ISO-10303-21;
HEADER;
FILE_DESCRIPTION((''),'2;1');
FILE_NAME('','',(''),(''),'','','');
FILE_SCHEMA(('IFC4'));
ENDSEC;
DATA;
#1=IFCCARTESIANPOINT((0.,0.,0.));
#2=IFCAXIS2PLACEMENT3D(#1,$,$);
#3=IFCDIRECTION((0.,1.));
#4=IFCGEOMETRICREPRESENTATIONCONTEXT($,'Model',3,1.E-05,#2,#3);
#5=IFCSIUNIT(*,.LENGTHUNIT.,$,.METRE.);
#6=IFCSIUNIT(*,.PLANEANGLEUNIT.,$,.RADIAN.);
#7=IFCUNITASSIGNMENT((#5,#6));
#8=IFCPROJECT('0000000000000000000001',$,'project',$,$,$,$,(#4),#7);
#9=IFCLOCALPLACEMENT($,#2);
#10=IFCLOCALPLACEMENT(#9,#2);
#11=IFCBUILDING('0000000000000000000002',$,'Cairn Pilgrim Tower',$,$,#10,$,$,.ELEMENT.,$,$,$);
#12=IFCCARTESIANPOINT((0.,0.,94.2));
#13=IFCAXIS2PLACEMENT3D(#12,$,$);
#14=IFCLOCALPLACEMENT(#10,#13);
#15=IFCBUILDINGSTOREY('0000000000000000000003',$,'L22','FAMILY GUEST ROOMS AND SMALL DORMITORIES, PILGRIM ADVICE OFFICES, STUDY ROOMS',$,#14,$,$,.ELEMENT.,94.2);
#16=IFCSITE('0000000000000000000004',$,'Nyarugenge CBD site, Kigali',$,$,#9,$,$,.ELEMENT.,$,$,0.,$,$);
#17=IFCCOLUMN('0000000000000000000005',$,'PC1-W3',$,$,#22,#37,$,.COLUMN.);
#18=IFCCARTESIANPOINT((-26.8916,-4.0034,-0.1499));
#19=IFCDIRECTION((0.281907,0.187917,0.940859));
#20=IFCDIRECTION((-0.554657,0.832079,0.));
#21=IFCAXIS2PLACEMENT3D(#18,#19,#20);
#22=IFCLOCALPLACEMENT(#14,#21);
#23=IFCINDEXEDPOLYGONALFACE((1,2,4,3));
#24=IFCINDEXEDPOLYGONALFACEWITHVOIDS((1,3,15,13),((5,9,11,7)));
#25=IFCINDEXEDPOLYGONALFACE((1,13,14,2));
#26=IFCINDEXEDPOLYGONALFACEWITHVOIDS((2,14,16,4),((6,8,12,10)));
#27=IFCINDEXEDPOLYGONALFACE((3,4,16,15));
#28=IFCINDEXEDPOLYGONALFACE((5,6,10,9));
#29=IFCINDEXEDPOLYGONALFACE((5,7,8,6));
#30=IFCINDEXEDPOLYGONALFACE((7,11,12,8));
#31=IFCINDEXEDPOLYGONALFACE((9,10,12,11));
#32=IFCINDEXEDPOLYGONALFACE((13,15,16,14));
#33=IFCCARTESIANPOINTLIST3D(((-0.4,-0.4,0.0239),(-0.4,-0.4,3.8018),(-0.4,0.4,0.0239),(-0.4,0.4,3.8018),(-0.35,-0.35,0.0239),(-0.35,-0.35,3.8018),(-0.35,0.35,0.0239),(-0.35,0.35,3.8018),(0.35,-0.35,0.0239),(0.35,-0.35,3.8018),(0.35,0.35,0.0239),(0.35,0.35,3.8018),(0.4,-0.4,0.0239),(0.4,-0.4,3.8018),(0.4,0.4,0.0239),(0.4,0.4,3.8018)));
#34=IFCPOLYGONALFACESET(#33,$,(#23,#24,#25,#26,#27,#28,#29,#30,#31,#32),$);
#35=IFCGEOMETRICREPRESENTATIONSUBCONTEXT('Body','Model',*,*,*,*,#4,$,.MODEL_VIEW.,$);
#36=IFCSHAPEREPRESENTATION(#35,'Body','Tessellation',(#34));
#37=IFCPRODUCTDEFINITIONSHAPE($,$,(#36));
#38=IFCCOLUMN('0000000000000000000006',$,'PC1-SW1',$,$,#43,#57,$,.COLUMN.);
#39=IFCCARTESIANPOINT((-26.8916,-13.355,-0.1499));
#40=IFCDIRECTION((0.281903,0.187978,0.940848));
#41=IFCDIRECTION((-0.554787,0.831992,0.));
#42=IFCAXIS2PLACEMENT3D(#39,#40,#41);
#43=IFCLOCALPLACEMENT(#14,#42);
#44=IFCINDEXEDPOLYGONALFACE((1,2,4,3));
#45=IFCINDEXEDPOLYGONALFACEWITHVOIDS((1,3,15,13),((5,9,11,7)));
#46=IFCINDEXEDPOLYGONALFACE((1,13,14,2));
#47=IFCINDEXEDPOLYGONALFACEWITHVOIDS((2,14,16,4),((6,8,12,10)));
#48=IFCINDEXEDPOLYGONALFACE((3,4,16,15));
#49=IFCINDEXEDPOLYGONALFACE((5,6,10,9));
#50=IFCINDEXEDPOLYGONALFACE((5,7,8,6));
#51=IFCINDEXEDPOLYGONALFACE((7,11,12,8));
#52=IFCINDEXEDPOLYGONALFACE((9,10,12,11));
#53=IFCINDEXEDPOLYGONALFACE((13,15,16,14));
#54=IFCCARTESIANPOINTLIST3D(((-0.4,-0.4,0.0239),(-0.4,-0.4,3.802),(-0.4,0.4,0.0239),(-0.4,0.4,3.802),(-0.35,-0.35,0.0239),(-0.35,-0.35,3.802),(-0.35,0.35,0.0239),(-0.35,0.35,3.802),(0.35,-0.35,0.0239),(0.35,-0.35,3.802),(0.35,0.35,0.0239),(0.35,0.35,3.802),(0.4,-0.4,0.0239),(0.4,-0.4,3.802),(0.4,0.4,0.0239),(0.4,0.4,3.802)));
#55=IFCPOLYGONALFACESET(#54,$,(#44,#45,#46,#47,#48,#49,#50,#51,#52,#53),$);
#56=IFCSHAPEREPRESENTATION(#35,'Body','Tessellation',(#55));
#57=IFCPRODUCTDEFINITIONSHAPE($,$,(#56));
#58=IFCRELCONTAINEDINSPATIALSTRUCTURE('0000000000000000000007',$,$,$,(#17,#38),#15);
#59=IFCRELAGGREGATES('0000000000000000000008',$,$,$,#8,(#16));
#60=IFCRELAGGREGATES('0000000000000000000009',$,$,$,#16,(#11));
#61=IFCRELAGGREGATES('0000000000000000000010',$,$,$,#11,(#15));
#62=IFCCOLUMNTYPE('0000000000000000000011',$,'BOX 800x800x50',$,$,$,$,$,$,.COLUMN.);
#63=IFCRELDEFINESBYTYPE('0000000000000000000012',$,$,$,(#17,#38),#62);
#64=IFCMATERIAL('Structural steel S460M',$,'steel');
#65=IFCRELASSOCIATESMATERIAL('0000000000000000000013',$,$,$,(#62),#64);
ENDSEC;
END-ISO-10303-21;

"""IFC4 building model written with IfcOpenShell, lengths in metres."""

from ifc_helpers import new_model, si_unit, direction, frame, origin, origin_2d, place, context, subcontext, project, spatial, hollow_rectangle, extrude, clip, halfspace, material, material_profile, profile_set, type_object, element, save


model = new_model("IFC4")

# Units and contexts
model_context = context("Model", 3, precision=1e-05, world=origin(), true_north=direction((0.0, 1.0)))
body_context = subcontext(model_context, "Body", "Model", "MODEL_VIEW")
ifc_project = project(units=[si_unit("LENGTHUNIT", "METRE"), si_unit("PLANEANGLEUNIT", "RADIAN")], contexts=[model_context])

# Site, building, storey
site_placement = place(None, origin())
site = spatial("IfcSite", under=ifc_project, at=site_placement, Name="Nyarugenge CBD site, Kigali", CompositionType="ELEMENT", RefElevation=0.0)
building_placement = place(site_placement, origin())
building = spatial("IfcBuilding", under=site, at=building_placement, Name="Cairn Pilgrim Tower", CompositionType="ELEMENT")
storey_placement = place(building_placement, frame((0.0, 0.0, 94.2)))
storey = spatial("IfcBuildingStorey", under=building, at=storey_placement, Name="L22", Description="FAMILY GUEST ROOMS AND SMALL DORMITORIES, PILGRIM ADVICE OFFICES, STUDY ROOMS", CompositionType="ELEMENT", Elevation=94.2)

# Columns
ifc_material_1 = material(Name="Structural steel S460M", Category="steel")
ifc_material_profile_1 = material_profile(ifc_material_1, hollow_rectangle(XDim=0.8, YDim=0.8, WallThickness=0.05, at=origin_2d()), Name="BOX 800x800x50")
ifc_profile_set_1 = profile_set([ifc_material_profile_1], Name="Structural steel S460M")
column_type = type_object("IfcColumnType", Name="BOX 800x800x50", PredefinedType="COLUMN", material=ifc_profile_set_1)
column_1_placement = place(storey_placement, frame((-26.8916, -4.0034, -0.1499), z_axis=(0.281907, 0.187917, 0.940859), x_axis=(-0.554657, 0.832079, 0.0)))
element("IfcColumn", 1, at=column_1_placement, inside=storey, type_object=column_type, Name="PC1-W3", PredefinedType="COLUMN", context=body_context, shape_type="Clipping", body=[
    clip(clip(extrude(hollow_rectangle(XDim=0.8, YDim=0.8, WallThickness=0.05, at=origin_2d()), origin(), (0.0, 0.0, 1.0), 3.8262), halfspace(frame((0.0, 0.0, 0.0239), z_axis=(0.0, 0.0, 1.0), x_axis=(1.0, 0.0, 0.0)), True)), halfspace(frame((0.0, 0.0, 3.8018), z_axis=(0.0, 0.0, 1.0), x_axis=(1.0, 0.0, 0.0)), False)),
])
column_2_placement = place(storey_placement, frame((-26.8916, -13.355, -0.1499), z_axis=(0.281903, 0.187978, 0.940848), x_axis=(-0.554787, 0.831992, 0.0)))
element("IfcColumn", 2, at=column_2_placement, inside=storey, type_object=column_type, Name="PC1-SW1", PredefinedType="COLUMN", context=body_context, shape_type="Clipping", body=[
    clip(clip(extrude(hollow_rectangle(XDim=0.8, YDim=0.8, WallThickness=0.05, at=origin_2d()), origin(), (0.0, 0.0, 1.0), 3.8262), halfspace(frame((0.0, 0.0, 0.0239), z_axis=(0.0, 0.0, 1.0), x_axis=(1.0, 0.0, 0.0)), True)), halfspace(frame((0.0, 0.0, 3.802), z_axis=(0.0, 0.0, 1.0), x_axis=(1.0, 0.0, 0.0)), False)),
])

save(model, "model.ifc")
